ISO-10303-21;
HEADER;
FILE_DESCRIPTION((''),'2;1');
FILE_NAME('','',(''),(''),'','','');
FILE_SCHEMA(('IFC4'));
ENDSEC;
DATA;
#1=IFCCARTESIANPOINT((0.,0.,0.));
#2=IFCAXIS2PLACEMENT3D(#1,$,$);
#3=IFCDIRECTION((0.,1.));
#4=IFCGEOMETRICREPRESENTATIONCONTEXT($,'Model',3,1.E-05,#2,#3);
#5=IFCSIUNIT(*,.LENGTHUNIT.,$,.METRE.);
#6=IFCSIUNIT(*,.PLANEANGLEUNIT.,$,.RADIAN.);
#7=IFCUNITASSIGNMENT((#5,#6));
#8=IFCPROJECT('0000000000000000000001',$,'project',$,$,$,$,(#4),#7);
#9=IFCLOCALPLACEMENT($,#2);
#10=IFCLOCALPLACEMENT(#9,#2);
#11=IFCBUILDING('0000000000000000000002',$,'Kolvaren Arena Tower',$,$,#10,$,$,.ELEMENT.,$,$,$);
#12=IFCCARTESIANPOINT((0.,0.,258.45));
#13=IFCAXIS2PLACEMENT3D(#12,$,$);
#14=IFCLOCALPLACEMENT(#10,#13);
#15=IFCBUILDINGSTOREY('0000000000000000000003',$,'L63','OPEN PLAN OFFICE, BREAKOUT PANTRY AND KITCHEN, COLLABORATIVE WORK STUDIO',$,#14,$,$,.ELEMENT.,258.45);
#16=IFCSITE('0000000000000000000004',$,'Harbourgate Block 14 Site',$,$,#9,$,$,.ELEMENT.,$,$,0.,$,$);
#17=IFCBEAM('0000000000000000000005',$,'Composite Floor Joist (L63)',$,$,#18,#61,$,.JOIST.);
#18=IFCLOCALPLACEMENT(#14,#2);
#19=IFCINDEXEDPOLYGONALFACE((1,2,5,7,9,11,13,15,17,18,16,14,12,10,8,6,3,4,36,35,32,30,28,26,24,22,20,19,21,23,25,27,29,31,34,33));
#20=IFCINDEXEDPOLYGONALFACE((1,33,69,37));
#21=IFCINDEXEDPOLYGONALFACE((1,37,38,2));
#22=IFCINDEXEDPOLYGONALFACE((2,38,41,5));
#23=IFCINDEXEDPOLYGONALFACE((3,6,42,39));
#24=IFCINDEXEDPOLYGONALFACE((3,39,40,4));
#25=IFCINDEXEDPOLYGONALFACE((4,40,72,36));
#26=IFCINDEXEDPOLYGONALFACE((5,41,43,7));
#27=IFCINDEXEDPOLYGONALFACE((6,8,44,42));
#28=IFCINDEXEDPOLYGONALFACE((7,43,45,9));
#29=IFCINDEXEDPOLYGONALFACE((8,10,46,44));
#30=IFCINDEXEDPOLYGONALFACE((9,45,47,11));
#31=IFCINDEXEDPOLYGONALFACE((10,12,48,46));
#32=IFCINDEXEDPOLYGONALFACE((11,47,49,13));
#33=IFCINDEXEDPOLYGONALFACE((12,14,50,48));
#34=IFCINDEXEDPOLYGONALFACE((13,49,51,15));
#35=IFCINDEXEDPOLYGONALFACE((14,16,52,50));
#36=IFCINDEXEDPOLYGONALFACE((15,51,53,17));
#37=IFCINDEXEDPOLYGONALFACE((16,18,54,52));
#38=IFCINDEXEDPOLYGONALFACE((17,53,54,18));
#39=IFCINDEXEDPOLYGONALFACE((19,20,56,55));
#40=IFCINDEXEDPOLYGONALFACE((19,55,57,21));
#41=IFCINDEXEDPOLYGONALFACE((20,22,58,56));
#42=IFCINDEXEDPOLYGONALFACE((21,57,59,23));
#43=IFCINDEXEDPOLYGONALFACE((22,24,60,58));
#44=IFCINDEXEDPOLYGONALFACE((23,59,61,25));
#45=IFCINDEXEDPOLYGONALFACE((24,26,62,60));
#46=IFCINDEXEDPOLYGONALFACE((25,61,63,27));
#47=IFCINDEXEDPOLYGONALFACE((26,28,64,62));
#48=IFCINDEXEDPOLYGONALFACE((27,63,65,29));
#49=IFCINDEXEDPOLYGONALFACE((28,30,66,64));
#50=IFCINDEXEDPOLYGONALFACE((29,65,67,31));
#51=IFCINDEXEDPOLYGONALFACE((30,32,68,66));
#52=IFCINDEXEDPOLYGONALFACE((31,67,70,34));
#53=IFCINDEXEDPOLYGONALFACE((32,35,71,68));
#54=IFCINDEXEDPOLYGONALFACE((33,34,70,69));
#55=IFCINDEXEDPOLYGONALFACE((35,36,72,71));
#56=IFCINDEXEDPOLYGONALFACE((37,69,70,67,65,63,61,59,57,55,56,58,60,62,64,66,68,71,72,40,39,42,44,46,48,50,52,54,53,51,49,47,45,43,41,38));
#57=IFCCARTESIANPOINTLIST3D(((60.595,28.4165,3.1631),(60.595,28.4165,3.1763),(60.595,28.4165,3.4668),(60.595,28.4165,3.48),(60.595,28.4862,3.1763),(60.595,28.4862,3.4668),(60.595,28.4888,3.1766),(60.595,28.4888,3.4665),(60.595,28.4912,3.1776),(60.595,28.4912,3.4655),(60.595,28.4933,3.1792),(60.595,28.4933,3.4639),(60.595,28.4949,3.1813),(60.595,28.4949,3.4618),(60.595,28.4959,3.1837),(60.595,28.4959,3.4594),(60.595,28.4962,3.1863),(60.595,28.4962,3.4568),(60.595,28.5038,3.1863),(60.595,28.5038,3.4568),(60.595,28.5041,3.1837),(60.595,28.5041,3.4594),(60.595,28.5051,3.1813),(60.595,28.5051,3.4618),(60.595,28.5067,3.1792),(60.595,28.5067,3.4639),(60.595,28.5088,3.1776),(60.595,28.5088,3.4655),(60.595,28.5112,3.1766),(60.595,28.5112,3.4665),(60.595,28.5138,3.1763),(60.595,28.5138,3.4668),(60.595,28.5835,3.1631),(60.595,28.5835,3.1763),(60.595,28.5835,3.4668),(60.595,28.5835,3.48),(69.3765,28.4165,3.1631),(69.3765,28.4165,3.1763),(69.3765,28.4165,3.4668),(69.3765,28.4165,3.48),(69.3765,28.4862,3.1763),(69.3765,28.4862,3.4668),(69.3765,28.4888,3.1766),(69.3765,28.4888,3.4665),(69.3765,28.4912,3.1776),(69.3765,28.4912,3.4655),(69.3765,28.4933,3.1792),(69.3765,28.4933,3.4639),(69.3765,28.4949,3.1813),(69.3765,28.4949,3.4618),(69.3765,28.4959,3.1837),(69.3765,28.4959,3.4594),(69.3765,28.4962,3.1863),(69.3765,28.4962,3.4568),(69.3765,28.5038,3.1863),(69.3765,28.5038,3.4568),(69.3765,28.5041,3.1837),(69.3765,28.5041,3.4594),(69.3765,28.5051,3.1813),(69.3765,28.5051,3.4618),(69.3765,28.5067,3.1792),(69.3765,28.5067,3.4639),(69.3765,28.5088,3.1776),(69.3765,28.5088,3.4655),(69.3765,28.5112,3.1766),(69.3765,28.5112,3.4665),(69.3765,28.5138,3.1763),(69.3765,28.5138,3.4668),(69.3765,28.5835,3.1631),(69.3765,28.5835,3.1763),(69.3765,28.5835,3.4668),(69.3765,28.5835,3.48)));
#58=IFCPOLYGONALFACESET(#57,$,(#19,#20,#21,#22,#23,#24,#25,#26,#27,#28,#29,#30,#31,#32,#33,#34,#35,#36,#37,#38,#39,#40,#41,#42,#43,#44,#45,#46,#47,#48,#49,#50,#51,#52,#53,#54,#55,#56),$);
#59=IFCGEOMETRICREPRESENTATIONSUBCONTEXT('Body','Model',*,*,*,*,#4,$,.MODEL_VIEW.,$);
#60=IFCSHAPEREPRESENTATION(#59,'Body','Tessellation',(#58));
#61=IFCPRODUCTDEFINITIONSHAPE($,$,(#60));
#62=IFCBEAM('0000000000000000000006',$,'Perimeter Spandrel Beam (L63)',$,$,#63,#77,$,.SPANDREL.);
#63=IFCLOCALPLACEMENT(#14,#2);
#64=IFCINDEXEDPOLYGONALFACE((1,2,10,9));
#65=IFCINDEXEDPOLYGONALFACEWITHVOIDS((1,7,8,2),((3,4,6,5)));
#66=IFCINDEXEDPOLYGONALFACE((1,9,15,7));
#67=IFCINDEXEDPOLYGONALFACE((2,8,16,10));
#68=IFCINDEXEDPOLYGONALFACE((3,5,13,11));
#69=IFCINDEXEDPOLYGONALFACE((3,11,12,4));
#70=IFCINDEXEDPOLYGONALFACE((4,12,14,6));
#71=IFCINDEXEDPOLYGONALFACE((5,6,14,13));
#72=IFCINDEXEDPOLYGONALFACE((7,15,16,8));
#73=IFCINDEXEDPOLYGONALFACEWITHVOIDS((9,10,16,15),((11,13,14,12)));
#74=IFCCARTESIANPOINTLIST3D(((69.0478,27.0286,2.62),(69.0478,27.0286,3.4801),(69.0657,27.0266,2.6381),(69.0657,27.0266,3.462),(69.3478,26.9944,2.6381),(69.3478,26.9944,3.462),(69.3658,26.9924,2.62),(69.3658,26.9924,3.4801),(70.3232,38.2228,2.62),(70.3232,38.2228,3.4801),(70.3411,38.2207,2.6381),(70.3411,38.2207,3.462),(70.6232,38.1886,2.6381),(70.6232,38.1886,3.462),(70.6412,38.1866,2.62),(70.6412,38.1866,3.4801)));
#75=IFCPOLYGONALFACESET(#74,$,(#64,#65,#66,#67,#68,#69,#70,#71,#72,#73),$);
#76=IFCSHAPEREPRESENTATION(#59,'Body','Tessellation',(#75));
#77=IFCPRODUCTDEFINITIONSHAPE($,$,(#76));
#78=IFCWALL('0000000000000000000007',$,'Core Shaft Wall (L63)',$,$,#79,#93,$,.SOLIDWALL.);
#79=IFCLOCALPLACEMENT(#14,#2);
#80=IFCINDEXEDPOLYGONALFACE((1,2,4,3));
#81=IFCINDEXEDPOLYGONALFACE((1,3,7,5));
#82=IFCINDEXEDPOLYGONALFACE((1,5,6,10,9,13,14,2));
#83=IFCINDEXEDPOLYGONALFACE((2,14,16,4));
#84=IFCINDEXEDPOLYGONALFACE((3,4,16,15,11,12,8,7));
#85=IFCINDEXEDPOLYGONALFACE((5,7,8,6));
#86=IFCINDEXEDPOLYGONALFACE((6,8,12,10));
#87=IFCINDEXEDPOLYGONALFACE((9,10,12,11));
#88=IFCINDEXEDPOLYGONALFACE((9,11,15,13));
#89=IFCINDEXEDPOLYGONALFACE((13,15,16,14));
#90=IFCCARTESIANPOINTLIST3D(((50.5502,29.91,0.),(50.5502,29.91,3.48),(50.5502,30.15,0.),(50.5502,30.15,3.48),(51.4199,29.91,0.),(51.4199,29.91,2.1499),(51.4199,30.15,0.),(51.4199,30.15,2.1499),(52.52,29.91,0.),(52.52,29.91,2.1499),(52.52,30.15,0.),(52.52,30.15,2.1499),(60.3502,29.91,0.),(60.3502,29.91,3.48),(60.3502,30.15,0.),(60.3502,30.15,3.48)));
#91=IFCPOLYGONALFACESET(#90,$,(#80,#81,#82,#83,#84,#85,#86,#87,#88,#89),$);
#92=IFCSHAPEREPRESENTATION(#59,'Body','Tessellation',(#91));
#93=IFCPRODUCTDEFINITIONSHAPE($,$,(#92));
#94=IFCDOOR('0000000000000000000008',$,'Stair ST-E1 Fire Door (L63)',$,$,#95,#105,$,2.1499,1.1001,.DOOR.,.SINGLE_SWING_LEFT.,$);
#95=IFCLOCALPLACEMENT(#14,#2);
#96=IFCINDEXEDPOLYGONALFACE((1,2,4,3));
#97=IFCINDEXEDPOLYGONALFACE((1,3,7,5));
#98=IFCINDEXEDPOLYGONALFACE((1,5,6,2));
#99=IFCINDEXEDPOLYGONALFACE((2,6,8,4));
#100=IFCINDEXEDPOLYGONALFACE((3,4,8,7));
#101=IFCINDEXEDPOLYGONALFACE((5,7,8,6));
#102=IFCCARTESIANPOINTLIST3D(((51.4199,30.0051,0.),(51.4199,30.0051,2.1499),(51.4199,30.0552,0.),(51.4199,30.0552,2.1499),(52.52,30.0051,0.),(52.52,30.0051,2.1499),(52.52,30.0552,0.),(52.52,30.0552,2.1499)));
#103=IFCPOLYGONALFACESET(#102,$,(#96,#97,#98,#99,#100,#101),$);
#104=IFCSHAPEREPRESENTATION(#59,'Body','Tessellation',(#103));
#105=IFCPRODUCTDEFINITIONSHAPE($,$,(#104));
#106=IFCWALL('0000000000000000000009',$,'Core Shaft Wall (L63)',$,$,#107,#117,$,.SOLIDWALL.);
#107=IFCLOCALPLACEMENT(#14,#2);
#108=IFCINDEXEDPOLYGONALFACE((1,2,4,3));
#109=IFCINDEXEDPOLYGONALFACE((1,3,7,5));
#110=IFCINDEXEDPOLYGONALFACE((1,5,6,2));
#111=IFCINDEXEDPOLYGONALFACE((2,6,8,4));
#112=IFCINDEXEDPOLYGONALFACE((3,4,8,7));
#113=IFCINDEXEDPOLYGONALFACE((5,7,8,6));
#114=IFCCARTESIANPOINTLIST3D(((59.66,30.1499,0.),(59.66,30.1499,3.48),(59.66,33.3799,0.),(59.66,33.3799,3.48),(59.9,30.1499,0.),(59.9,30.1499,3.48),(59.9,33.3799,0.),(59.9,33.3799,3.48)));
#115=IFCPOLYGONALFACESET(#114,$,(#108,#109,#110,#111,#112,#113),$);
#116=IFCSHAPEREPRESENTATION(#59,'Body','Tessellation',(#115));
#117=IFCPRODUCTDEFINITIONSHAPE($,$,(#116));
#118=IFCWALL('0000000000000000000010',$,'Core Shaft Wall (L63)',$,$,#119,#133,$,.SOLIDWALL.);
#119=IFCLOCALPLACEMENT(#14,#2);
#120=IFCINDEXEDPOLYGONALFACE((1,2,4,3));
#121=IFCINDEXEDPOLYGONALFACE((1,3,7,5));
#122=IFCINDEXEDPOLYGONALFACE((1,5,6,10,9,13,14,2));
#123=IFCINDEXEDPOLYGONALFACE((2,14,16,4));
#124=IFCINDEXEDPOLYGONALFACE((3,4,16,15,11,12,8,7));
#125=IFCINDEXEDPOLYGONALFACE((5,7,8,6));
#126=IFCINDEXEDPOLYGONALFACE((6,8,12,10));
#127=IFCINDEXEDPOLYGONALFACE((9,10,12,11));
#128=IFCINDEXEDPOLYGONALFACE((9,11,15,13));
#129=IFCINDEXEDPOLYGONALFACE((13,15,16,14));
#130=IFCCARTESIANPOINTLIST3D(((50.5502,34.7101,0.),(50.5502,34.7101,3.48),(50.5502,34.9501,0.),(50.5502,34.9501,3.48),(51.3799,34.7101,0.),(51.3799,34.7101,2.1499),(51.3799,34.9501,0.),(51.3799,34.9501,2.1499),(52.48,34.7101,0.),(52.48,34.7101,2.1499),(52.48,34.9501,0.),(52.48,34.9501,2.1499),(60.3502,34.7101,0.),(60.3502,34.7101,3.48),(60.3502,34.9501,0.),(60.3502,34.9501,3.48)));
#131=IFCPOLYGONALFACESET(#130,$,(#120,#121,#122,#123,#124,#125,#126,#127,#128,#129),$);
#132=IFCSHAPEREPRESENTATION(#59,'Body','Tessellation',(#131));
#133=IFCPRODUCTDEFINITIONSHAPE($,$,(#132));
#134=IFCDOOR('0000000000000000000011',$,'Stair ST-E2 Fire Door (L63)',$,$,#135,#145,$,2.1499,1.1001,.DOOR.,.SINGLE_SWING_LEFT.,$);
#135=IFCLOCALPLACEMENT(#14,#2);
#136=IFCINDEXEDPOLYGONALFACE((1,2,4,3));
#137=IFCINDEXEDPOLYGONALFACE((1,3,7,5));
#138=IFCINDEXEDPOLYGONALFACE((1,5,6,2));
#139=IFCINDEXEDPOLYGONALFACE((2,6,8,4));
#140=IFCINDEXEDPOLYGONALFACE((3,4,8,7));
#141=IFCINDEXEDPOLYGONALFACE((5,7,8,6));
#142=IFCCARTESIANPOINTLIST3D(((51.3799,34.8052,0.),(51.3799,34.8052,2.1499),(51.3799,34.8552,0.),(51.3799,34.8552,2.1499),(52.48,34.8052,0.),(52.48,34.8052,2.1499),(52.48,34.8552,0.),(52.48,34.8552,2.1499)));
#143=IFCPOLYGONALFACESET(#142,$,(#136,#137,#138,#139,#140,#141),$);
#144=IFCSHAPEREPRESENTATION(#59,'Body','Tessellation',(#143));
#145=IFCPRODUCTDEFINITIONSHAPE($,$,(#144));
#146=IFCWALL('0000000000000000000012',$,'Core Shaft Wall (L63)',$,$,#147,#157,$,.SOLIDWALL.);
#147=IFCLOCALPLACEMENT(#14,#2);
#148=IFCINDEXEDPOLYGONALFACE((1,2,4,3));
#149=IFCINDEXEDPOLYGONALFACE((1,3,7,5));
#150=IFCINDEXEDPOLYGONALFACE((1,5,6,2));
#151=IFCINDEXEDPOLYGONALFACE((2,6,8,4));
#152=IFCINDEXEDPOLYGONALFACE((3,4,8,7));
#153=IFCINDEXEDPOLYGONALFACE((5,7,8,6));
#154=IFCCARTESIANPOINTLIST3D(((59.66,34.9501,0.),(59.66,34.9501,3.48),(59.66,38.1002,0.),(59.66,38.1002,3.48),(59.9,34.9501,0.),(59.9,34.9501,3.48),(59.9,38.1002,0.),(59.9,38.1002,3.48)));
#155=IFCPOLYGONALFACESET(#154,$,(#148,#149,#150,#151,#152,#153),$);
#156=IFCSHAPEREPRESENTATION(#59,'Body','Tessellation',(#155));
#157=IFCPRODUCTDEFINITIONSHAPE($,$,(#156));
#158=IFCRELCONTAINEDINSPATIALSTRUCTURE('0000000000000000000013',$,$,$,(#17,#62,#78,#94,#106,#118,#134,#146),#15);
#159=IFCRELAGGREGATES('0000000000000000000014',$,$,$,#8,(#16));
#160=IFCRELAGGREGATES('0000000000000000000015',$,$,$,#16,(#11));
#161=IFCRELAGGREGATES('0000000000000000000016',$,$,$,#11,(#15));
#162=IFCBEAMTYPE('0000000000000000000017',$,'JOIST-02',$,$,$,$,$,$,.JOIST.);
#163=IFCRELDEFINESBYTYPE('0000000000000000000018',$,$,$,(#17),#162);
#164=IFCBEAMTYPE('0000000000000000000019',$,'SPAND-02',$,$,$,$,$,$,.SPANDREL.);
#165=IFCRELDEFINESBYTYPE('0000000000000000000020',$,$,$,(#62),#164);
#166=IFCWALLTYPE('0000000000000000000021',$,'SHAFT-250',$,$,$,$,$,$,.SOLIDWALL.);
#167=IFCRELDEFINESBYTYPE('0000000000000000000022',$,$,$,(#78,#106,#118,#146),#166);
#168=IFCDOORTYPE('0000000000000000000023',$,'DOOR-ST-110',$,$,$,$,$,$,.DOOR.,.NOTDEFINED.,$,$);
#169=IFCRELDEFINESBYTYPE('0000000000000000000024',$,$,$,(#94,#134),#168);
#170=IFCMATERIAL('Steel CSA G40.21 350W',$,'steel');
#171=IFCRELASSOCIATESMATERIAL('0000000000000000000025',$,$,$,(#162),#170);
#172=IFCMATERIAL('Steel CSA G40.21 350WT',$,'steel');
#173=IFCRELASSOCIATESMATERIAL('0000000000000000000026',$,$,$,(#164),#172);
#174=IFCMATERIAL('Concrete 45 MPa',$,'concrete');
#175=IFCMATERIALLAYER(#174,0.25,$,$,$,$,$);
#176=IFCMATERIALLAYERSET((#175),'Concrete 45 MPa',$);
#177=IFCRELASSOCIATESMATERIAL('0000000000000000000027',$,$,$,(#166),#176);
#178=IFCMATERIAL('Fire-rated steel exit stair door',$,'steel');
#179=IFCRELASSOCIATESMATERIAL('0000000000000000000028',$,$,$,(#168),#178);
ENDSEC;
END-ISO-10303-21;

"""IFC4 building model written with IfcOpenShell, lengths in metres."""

from ifc_helpers import new_model, si_unit, direction, frame, frame_2d, origin, origin_2d, place, context, subcontext, project, spatial, rectangle, hollow_rectangle, i_section, extrude, material, layer, layer_set, material_profile, profile_set, type_object, element, fill, save


model = new_model("IFC4")

# Units and contexts
model_context = context("Model", 3, precision=1e-05, world=origin(), true_north=direction((0.0, 1.0)))
body_context = subcontext(model_context, "Body", "Model", "MODEL_VIEW")
ifc_project = project(units=[si_unit("LENGTHUNIT", "METRE"), si_unit("PLANEANGLEUNIT", "RADIAN")], contexts=[model_context])

# Site, building, storey
site_placement = place(None, origin())
site = spatial("IfcSite", under=ifc_project, at=site_placement, Name="Harbourgate Block 14 Site", CompositionType="ELEMENT", RefElevation=0.0)
building_placement = place(site_placement, origin())
building = spatial("IfcBuilding", under=site, at=building_placement, Name="Kolvaren Arena Tower", CompositionType="ELEMENT")
storey_placement = place(building_placement, frame((0.0, 0.0, 258.45)))
storey = spatial("IfcBuildingStorey", under=building, at=storey_placement, Name="L63", Description="OPEN PLAN OFFICE, BREAKOUT PANTRY AND KITCHEN, COLLABORATIVE WORK STUDIO", CompositionType="ELEMENT", Elevation=258.45)

# Beams
ifc_material_1 = material(Name="Steel CSA G40.21 350W", Category="steel")
ifc_material_profile_1 = material_profile(ifc_material_1, i_section(OverallWidth=0.167, OverallDepth=0.3169, WebThickness=0.0076, FlangeThickness=0.0132, FilletRadius=0.01, at=origin_2d()), Name="W310x52")
ifc_profile_set_1 = profile_set([ifc_material_profile_1], Name="Steel CSA G40.21 350W")
beam_type_1 = type_object("IfcBeamType", Name="JOIST-02", PredefinedType="JOIST", material=ifc_profile_set_1)
beam_1_placement = place(storey_placement, frame((60.595, 28.5, 3.3215), z_axis=(1.0, 0.0, 0.0), x_axis=(0.0, 1.0, 0.0)))
element("IfcBeam", 1, at=beam_1_placement, inside=storey, type_object=beam_type_1, Name="Composite Floor Joist (L63)", PredefinedType="JOIST", context=body_context, shape_type="SweptSolid", body=[
    extrude(i_section(OverallWidth=0.167, OverallDepth=0.3169, WebThickness=0.0076, FlangeThickness=0.0132, FilletRadius=0.01, at=origin_2d()), origin(), (0.0, 0.0, 1.0), 8.7815),
])
ifc_material_2 = material(Name="Steel CSA G40.21 350WT", Category="steel")
ifc_material_profile_2 = material_profile(ifc_material_2, hollow_rectangle(XDim=0.3201, YDim=0.8601, WallThickness=0.0181, at=origin_2d()), Name="HSS 860x320x18")
ifc_profile_set_2 = profile_set([ifc_material_profile_2], Name="Steel CSA G40.21 350WT")
beam_type_2 = type_object("IfcBeamType", Name="SPAND-02", PredefinedType="SPANDREL", material=ifc_profile_set_2)
beam_2_placement = place(storey_placement, frame((69.2068, 27.0105, 3.05), z_axis=(0.113202, 0.993572, 0.0), x_axis=(-0.993572, 0.113202, 0.0)))
element("IfcBeam", 2, at=beam_2_placement, inside=storey, type_object=beam_type_2, Name="Perimeter Spandrel Beam (L63)", PredefinedType="SPANDREL", context=body_context, shape_type="SweptSolid", body=[
    extrude(hollow_rectangle(XDim=0.3201, YDim=0.8601, WallThickness=0.0181, at=origin_2d()), origin(), (0.0, 0.0, 1.0), 11.2666),
])

# Wall, opening, door
ifc_material_3 = material(Name="Concrete 45 MPa", Category="concrete")
ifc_layer = layer(ifc_material_3, 0.25)
ifc_layer_set = layer_set([ifc_layer], Name="Concrete 45 MPa")
wall_type = type_object("IfcWallType", Name="SHAFT-250", PredefinedType="SOLIDWALL", material=ifc_layer_set)
wall_1_placement = place(storey_placement, frame((60.3501, 30.03, 0.0), z_axis=(0.0, 0.0, 1.0), x_axis=(-1.0, 0.0, 0.0)))
wall_1 = element("IfcWall", 3, at=wall_1_placement, inside=storey, type_object=wall_type, Name="Core Shaft Wall (L63)", PredefinedType="SOLIDWALL", context=body_context, shape_type="SweptSolid", body=[
    extrude(rectangle(XDim=9.8, YDim=0.24, at=frame_2d((4.8999, 0.0))), origin(), (0.0, 0.0, 1.0), 3.48),
])
opening_1_placement = place(wall_1_placement, frame((7.8301, 0.0, 0.0)))
opening_1 = element("IfcOpeningElement", 4, at=opening_1_placement, cuts=wall_1, PredefinedType="OPENING", context=body_context, shape_type="SweptSolid", body=[
    extrude(rectangle(XDim=1.1001, YDim=2.1499, at=frame_2d((0.55, 1.075))), frame((0.0, 0.1299, 0.0), z_axis=(0.0, -1.0, 0.0), x_axis=(1.0, 0.0, 0.0)), (0.0, 0.0, 1.0), 0.26),
])
ifc_material_4 = material(Name="Fire-rated steel exit stair door", Category="steel")
door_type_1 = type_object("IfcDoorType", Name="DOOR-ST-110", OperationType="NOTDEFINED", PredefinedType="DOOR", material=ifc_material_4)
door_1_placement = place(opening_1_placement, origin())
door_1 = element("IfcDoor", 5, at=door_1_placement, inside=storey, type_object=door_type_1, Name="Stair ST-E1 Fire Door (L63)", OperationType="SINGLE_SWING_LEFT", OverallHeight=2.1499, OverallWidth=1.1001, PredefinedType="DOOR", context=body_context, shape_type="SweptSolid", body=[
    extrude(rectangle(XDim=1.1001, YDim=2.1499, at=frame_2d((0.55, 1.075))), frame((0.0, 0.0249, 0.0), z_axis=(0.0, -1.0, 0.0), x_axis=(1.0, 0.0, 0.0)), (0.0, 0.0, 1.0), 0.05),
])
fill(opening_1, door_1)

# Wall
wall_2_placement = place(storey_placement, frame((59.78, 30.1499, 0.0), z_axis=(0.0, 0.0, 1.0), x_axis=(0.0, 1.0, 0.0)))
element("IfcWall", 6, at=wall_2_placement, inside=storey, type_object=wall_type, Name="Core Shaft Wall (L63)", PredefinedType="SOLIDWALL", context=body_context, shape_type="SweptSolid", body=[
    extrude(rectangle(XDim=3.23, YDim=0.24, at=frame_2d((1.615, 0.0))), origin(), (0.0, 0.0, 1.0), 3.48),
])

# Wall, opening, door
wall_3_placement = place(storey_placement, frame((60.3501, 34.8301, 0.0), z_axis=(0.0, 0.0, 1.0), x_axis=(-1.0, 0.0, 0.0)))
wall_3 = element("IfcWall", 7, at=wall_3_placement, inside=storey, type_object=wall_type, Name="Core Shaft Wall (L63)", PredefinedType="SOLIDWALL", context=body_context, shape_type="SweptSolid", body=[
    extrude(rectangle(XDim=9.8, YDim=0.24, at=frame_2d((4.8999, 0.0))), origin(), (0.0, 0.0, 1.0), 3.48),
])
opening_2_placement = place(wall_3_placement, frame((7.8701, 0.0, 0.0)))
opening_2 = element("IfcOpeningElement", 8, at=opening_2_placement, cuts=wall_3, PredefinedType="OPENING", context=body_context, shape_type="SweptSolid", body=[
    extrude(rectangle(XDim=1.1001, YDim=2.1499, at=frame_2d((0.55, 1.075))), frame((0.0, 0.1299, 0.0), z_axis=(0.0, -1.0, 0.0), x_axis=(1.0, 0.0, 0.0)), (0.0, 0.0, 1.0), 0.26),
])
door_2_placement = place(opening_2_placement, origin())
door_2 = element("IfcDoor", 9, at=door_2_placement, inside=storey, type_object=door_type_1, Name="Stair ST-E2 Fire Door (L63)", OperationType="SINGLE_SWING_LEFT", OverallHeight=2.1499, OverallWidth=1.1001, PredefinedType="DOOR", context=body_context, shape_type="SweptSolid", body=[
    extrude(rectangle(XDim=1.1001, YDim=2.1499, at=frame_2d((0.55, 1.075))), frame((0.0, 0.0249, 0.0), z_axis=(0.0, -1.0, 0.0), x_axis=(1.0, 0.0, 0.0)), (0.0, 0.0, 1.0), 0.05),
])
fill(opening_2, door_2)

# Wall
wall_4_placement = place(storey_placement, frame((59.78, 34.95, 0.0), z_axis=(0.0, 0.0, 1.0), x_axis=(0.0, 1.0, 0.0)))
element("IfcWall", 10, at=wall_4_placement, inside=storey, type_object=wall_type, Name="Core Shaft Wall (L63)", PredefinedType="SOLIDWALL", context=body_context, shape_type="SweptSolid", body=[
    extrude(rectangle(XDim=3.1501, YDim=0.24, at=frame_2d((1.5752, 0.0))), origin(), (0.0, 0.0, 1.0), 3.48),
])

save(model, "model.ifc")
